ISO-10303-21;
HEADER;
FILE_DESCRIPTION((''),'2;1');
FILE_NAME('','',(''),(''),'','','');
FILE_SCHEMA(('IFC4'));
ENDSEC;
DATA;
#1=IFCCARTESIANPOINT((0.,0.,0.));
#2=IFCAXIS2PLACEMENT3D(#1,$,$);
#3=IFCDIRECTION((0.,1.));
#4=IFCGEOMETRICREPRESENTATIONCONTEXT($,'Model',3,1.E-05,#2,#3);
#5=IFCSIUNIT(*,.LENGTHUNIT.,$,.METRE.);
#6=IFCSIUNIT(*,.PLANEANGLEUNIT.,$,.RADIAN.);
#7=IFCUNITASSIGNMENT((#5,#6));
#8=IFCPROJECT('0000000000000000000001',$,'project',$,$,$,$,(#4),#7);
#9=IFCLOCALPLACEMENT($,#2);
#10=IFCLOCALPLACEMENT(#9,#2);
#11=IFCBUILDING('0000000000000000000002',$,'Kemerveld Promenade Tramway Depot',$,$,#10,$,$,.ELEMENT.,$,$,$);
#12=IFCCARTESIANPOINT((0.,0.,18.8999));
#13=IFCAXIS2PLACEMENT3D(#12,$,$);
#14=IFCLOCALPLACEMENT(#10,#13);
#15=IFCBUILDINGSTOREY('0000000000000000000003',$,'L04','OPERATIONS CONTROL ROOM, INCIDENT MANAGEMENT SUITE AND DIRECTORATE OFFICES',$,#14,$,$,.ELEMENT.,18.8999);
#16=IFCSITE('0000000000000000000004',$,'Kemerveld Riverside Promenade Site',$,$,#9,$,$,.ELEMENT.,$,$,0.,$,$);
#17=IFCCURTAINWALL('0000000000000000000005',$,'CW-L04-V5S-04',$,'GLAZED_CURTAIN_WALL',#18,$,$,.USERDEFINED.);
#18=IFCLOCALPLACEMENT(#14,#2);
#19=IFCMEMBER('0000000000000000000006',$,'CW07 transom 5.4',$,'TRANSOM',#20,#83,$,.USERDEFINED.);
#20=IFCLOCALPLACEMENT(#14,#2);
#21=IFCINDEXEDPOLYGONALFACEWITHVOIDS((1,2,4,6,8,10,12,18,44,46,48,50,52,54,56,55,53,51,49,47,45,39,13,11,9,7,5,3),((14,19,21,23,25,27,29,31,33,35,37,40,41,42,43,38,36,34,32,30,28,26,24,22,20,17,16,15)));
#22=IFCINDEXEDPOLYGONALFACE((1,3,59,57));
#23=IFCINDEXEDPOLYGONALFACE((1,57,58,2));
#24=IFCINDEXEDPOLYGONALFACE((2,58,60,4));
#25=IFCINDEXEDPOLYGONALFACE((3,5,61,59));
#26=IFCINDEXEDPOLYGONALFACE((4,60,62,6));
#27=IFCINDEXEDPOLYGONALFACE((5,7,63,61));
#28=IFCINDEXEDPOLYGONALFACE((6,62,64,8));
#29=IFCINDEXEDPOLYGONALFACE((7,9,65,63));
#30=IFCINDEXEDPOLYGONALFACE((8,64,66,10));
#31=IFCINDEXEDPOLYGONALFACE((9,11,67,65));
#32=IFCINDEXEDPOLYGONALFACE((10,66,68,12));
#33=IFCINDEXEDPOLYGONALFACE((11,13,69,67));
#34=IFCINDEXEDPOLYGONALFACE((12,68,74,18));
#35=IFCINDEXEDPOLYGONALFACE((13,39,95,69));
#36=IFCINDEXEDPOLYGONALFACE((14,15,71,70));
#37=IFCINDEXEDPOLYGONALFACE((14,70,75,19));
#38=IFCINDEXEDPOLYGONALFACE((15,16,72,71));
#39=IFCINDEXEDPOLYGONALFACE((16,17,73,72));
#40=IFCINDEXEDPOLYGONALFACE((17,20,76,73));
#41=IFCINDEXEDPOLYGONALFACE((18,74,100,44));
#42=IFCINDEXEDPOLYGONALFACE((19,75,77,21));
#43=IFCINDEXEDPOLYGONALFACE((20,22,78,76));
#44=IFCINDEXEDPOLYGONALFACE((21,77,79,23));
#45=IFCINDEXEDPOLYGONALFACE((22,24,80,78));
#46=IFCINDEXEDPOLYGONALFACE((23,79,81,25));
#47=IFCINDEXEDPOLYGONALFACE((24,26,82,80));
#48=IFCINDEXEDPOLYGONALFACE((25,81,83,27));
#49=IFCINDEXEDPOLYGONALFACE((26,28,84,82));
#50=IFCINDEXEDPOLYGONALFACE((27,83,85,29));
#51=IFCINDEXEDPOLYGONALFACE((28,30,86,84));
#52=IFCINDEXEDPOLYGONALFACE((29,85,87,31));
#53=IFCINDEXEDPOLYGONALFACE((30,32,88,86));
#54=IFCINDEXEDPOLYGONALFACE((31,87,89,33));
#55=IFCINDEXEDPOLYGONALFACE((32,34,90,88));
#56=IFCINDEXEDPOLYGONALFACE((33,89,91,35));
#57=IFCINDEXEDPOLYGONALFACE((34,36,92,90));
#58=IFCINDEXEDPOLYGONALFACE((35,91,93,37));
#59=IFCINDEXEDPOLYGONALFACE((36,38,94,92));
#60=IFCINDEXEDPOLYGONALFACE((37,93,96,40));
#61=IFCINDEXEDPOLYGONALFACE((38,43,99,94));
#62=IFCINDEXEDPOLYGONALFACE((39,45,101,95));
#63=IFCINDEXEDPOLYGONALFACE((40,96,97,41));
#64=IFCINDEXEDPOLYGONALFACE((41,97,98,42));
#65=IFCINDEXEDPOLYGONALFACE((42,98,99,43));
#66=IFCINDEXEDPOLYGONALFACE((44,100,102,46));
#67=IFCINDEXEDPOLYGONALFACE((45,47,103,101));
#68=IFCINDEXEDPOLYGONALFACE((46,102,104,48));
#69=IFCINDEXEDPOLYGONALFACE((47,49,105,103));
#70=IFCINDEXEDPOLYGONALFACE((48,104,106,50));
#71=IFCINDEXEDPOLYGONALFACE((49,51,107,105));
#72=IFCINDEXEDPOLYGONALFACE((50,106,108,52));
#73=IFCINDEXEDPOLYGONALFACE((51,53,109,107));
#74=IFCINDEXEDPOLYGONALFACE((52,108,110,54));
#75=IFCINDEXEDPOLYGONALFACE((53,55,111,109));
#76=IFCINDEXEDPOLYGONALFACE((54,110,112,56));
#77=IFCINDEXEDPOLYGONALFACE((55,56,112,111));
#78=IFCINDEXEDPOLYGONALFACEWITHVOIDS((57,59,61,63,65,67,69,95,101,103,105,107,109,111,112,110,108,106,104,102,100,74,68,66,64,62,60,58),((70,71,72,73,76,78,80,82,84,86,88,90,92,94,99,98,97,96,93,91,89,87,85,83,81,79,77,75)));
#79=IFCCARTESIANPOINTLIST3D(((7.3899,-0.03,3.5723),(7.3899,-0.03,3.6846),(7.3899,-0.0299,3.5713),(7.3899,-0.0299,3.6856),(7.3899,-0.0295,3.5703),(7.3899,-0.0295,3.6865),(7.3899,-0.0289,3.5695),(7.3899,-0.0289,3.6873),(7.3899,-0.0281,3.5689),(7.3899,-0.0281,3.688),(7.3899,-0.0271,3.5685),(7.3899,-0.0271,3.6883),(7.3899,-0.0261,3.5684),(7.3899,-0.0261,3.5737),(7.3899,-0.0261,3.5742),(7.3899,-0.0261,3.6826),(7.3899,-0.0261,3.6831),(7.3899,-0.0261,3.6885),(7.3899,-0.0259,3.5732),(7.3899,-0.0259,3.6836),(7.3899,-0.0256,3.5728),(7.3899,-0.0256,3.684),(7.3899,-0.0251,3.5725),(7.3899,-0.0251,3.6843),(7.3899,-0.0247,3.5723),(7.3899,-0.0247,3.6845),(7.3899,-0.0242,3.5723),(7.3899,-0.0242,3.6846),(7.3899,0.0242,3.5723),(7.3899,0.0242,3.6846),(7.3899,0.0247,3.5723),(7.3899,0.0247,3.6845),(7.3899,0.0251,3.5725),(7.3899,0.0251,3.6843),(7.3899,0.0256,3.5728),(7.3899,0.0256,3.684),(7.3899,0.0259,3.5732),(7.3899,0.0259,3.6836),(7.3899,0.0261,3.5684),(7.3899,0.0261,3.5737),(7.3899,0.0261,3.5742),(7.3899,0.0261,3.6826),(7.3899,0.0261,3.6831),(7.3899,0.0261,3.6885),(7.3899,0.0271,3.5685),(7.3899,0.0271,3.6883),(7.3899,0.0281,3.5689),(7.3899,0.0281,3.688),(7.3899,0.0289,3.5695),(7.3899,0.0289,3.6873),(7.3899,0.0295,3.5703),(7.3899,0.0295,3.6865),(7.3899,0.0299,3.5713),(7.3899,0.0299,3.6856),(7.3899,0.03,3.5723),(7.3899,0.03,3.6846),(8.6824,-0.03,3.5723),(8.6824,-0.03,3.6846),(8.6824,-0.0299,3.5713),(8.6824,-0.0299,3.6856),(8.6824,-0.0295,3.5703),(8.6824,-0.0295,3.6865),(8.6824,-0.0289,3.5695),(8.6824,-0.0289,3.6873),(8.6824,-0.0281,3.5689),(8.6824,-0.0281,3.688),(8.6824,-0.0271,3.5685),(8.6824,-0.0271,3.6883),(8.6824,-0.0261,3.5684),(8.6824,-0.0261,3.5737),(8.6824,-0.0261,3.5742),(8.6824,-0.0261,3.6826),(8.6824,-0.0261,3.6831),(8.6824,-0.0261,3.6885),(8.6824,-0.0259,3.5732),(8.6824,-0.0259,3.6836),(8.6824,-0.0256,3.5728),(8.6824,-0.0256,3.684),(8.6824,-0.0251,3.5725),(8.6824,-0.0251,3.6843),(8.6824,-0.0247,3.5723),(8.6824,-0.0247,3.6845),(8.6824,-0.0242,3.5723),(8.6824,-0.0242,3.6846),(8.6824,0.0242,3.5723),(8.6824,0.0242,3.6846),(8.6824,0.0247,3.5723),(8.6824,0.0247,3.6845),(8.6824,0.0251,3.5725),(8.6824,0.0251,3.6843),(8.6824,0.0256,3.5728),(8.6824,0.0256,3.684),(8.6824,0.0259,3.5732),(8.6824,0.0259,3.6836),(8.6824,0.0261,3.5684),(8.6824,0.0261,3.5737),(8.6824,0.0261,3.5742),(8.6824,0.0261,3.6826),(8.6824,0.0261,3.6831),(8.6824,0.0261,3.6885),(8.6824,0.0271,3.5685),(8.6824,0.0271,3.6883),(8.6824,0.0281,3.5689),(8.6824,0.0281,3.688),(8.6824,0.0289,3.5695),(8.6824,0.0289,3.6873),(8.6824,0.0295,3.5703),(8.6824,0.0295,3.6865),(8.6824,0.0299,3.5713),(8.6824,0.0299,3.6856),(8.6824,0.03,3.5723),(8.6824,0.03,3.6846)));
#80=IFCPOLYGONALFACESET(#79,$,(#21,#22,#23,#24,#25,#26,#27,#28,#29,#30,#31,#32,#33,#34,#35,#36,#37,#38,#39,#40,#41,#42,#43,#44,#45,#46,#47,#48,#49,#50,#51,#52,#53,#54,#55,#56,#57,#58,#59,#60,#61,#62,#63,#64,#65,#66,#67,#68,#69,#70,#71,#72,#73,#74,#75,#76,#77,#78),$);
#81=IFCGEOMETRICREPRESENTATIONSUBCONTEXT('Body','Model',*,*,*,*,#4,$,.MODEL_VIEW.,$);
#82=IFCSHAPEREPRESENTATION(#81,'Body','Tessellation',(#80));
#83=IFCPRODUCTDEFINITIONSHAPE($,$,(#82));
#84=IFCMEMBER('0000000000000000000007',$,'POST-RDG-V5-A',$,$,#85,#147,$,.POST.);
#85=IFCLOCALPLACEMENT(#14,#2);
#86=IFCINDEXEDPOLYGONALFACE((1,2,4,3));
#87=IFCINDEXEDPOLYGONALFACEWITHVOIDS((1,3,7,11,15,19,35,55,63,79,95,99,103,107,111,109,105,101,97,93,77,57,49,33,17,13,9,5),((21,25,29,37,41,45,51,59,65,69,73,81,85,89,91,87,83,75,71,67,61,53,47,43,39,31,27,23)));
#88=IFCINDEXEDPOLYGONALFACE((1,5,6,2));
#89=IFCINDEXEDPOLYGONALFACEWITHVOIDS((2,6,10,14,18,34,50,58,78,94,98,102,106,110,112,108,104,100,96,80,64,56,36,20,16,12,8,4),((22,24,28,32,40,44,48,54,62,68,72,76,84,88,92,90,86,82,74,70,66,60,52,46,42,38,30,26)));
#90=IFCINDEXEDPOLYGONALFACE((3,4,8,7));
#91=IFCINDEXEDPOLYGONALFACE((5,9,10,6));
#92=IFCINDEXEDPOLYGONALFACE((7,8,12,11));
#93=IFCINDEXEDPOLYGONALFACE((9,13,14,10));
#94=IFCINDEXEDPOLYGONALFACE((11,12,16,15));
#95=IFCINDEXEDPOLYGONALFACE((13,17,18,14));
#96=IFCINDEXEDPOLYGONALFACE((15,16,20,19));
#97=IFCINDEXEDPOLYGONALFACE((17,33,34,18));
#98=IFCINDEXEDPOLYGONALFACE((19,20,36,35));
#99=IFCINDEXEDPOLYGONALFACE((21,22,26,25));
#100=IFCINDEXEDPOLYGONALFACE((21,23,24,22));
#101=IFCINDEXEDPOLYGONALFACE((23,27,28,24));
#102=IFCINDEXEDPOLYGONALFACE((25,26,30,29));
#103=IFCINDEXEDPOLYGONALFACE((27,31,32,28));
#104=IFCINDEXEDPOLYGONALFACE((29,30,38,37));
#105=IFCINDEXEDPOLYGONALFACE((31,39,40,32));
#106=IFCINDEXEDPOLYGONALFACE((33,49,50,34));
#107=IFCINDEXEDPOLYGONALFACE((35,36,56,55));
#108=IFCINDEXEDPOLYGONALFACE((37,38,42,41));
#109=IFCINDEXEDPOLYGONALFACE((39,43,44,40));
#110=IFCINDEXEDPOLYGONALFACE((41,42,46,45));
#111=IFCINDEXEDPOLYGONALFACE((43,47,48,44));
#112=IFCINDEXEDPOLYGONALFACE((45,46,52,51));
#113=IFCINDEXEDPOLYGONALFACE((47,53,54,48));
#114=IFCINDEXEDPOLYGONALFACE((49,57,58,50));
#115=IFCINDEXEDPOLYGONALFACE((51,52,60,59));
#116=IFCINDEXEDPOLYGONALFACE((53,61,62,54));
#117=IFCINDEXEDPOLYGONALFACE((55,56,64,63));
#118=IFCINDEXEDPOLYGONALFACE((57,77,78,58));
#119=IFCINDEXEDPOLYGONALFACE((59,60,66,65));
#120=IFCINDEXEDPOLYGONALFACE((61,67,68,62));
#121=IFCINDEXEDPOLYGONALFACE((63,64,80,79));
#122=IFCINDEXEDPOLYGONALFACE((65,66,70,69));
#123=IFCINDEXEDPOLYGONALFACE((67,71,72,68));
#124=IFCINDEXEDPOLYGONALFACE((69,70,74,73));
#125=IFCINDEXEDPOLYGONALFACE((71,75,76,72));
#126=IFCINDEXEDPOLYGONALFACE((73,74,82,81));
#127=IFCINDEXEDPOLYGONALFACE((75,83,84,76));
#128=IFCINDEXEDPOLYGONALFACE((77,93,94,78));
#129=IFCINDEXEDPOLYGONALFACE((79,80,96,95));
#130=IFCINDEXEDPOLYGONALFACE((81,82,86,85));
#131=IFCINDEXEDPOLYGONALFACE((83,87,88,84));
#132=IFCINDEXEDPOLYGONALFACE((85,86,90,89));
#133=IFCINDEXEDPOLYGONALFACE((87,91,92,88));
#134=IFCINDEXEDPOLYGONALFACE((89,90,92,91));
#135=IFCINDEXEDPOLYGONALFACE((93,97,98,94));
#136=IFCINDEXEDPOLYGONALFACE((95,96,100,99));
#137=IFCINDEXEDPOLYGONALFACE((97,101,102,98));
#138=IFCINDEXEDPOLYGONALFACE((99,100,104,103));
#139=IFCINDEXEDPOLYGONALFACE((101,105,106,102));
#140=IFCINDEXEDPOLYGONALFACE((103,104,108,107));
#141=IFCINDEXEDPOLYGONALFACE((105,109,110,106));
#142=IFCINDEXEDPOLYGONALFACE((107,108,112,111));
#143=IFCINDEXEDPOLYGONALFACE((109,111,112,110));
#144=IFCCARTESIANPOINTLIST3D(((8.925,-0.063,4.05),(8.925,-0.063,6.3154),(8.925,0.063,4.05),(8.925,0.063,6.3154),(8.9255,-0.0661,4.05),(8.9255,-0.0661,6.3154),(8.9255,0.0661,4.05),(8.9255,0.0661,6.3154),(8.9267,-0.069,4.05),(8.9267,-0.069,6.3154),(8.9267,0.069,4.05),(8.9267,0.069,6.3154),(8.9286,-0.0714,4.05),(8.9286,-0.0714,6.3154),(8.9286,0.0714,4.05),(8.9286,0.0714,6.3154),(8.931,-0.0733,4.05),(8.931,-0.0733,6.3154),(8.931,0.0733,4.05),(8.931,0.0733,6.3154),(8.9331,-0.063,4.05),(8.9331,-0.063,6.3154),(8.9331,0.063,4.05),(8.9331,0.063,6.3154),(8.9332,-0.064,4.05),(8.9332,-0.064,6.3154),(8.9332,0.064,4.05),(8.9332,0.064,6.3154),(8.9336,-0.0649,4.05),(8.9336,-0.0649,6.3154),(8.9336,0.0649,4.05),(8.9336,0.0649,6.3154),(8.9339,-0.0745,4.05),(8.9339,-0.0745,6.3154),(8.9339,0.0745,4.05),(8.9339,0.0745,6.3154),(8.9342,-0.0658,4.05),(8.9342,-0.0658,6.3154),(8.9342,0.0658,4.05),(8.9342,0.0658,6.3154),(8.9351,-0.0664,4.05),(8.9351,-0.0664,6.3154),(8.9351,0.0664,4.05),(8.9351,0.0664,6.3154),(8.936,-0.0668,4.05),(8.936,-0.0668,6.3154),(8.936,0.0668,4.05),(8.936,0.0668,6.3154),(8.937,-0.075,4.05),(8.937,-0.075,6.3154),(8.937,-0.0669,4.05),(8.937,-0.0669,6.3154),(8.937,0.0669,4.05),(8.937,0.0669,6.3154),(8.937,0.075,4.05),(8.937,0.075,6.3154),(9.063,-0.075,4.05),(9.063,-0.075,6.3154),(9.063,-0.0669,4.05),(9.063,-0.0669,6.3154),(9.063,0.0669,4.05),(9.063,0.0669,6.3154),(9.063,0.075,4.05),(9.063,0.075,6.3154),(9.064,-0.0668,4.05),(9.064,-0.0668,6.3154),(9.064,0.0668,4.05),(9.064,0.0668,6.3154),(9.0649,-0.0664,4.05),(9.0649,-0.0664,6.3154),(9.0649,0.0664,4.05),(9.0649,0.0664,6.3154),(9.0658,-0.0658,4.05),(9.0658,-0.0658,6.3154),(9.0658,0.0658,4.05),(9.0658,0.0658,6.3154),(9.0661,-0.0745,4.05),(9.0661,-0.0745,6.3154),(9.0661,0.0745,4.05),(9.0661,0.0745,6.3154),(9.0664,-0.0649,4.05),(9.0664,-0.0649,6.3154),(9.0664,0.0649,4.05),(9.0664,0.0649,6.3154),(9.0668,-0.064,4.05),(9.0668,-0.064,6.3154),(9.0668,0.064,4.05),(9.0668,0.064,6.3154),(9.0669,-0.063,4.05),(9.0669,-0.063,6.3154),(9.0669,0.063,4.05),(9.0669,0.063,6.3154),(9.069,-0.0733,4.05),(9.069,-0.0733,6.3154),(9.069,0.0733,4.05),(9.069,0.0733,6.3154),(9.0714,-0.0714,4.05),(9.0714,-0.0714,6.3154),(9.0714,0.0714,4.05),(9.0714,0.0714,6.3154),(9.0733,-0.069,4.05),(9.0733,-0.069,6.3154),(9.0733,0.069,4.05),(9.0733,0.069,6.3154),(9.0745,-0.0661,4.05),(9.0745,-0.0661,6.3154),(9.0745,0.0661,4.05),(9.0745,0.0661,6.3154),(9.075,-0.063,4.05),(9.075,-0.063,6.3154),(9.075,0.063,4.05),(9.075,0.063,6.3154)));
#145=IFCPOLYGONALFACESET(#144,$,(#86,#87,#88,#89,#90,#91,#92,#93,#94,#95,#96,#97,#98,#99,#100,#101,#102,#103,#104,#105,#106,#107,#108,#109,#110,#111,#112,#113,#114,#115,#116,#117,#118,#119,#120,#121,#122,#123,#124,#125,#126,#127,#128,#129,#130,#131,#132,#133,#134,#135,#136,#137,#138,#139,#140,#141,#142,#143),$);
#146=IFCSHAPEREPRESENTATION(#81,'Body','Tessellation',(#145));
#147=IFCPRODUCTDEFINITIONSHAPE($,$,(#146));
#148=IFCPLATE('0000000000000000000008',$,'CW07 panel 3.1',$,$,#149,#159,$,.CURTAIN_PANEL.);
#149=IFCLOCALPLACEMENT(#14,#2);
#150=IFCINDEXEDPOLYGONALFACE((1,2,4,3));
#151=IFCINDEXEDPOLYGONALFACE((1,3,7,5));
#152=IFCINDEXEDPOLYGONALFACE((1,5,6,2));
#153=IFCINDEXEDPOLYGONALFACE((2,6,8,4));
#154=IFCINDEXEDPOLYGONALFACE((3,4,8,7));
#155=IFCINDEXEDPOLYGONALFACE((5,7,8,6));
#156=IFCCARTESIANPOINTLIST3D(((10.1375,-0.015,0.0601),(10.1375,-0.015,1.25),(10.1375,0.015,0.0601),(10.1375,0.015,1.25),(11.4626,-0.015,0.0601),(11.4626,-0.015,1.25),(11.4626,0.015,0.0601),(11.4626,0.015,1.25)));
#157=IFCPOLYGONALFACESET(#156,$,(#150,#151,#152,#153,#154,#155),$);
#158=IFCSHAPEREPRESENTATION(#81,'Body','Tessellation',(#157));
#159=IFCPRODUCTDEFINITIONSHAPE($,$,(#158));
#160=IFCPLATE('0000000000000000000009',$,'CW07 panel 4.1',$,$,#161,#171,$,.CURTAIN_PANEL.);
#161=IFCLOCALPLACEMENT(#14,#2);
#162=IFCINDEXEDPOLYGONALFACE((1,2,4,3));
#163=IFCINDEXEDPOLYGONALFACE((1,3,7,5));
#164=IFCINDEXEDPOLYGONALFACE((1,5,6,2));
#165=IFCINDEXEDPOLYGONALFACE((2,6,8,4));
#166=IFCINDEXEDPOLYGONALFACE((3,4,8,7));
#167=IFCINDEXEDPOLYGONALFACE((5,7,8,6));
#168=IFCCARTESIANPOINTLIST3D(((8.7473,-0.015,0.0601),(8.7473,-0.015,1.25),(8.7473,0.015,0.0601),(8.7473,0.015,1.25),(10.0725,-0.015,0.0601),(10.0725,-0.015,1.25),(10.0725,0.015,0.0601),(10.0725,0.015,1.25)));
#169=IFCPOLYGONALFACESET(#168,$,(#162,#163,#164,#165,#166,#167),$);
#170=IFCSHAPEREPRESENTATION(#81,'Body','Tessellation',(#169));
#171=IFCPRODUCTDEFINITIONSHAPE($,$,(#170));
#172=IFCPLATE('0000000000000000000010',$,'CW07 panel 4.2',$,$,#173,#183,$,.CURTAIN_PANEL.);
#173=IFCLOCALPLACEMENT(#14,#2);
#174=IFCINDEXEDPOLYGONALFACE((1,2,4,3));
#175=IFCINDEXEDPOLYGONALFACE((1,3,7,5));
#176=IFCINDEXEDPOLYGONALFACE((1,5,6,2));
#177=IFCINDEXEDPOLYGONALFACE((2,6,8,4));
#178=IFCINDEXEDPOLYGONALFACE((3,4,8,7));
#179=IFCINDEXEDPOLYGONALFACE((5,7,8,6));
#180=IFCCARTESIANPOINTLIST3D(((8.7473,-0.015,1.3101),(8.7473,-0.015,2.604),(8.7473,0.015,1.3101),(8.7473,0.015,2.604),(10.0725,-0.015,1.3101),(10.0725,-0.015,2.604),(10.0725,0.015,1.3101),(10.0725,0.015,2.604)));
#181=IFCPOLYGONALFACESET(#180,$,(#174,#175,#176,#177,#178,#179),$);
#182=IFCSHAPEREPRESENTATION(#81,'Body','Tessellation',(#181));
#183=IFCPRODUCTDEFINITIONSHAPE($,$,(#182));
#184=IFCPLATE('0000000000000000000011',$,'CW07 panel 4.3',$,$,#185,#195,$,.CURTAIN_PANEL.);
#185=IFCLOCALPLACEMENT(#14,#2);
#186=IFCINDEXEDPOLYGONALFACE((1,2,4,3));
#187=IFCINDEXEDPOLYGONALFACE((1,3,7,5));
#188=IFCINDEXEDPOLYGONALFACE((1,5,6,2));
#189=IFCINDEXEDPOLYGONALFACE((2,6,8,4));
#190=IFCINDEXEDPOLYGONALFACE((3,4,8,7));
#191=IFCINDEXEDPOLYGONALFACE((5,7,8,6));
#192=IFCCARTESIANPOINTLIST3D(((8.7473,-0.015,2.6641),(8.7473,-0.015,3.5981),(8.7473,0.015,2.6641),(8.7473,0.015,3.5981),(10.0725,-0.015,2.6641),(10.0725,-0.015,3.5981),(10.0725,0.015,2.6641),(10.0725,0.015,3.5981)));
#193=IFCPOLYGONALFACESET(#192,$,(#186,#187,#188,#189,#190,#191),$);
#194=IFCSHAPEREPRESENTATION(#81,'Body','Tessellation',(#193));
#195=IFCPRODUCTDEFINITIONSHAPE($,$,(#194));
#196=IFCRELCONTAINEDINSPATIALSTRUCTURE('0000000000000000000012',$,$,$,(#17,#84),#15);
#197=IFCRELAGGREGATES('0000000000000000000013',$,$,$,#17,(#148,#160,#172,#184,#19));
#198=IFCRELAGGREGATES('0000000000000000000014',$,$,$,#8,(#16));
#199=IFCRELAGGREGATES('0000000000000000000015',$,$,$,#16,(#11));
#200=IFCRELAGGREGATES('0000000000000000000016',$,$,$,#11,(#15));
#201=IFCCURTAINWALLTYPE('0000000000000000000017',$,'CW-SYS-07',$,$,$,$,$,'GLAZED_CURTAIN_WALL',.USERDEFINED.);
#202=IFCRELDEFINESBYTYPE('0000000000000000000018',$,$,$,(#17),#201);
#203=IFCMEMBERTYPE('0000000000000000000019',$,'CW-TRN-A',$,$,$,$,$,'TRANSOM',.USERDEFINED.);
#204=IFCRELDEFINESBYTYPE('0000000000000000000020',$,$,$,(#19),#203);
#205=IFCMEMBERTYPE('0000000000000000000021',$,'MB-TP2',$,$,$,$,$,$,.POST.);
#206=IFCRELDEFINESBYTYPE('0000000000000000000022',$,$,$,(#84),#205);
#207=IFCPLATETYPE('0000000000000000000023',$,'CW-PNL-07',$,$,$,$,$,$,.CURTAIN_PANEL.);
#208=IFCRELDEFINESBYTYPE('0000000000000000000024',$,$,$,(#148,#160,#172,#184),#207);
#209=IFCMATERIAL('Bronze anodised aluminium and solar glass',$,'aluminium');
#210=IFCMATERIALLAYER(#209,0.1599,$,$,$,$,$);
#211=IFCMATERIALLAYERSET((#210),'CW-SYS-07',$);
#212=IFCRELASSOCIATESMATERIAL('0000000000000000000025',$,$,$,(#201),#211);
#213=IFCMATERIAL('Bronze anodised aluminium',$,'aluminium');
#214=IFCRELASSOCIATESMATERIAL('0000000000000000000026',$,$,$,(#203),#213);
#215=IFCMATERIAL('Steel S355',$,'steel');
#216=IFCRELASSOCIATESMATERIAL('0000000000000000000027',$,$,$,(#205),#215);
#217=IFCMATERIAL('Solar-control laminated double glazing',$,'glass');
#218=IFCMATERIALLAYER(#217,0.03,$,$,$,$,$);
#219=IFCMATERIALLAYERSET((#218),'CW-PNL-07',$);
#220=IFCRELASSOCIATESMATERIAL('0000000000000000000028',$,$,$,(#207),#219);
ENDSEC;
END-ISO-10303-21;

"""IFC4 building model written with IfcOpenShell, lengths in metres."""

from ifc_helpers import new_model, si_unit, direction, frame, origin, origin_2d, place, context, subcontext, project, spatial, rectangle, hollow_rectangle, extrude, material, layer, layer_set, material_profile, profile_set, type_object, element, aggregate, save


model = new_model("IFC4")

# Units and contexts
model_context = context("Model", 3, precision=1e-05, world=origin(), true_north=direction((0.0, 1.0)))
body_context = subcontext(model_context, "Body", "Model", "MODEL_VIEW")
ifc_project = project(units=[si_unit("LENGTHUNIT", "METRE"), si_unit("PLANEANGLEUNIT", "RADIAN")], contexts=[model_context])

# Site, building, storey
site_placement = place(None, origin())
site = spatial("IfcSite", under=ifc_project, at=site_placement, Name="Kemerveld Riverside Promenade Site", CompositionType="ELEMENT", RefElevation=0.0)
building_placement = place(site_placement, origin())
building = spatial("IfcBuilding", under=site, at=building_placement, Name="Kemerveld Promenade Tramway Depot", CompositionType="ELEMENT")
storey_placement = place(building_placement, frame((0.0, 0.0, 18.8999)))
storey = spatial("IfcBuildingStorey", under=building, at=storey_placement, Name="L04", Description="OPERATIONS CONTROL ROOM, INCIDENT MANAGEMENT SUITE AND DIRECTORATE OFFICES", CompositionType="ELEMENT", Elevation=18.8999)

# Shared definitions
ifc_material_1 = material(Name="Steel S355", Category="steel")

# Curtain wall, member
ifc_material_2 = material(Name="Bronze anodised aluminium and solar glass", Category="aluminium")
ifc_layer_1 = layer(ifc_material_2, 0.1599)
ifc_layer_set_1 = layer_set([ifc_layer_1], Name="CW-SYS-07")
curtain_wall_type = type_object("IfcCurtainWallType", Name="CW-SYS-07", ElementType="GLAZED_CURTAIN_WALL", PredefinedType="USERDEFINED", material=ifc_layer_set_1)
curtain_wall_placement = place(storey_placement, origin())
curtain_wall = element("IfcCurtainWall", 1, at=curtain_wall_placement, inside=storey, type_object=curtain_wall_type, Name="CW-L04-V5S-04", ObjectType="GLAZED_CURTAIN_WALL", PredefinedType="USERDEFINED")
ifc_material_3 = material(Name="Bronze anodised aluminium", Category="aluminium")
ifc_material_profile_1 = material_profile(ifc_material_3, hollow_rectangle(XDim=0.0601, YDim=0.1201, WallThickness=0.0039, InnerFilletRadius=0.002, OuterFilletRadius=0.0039, at=origin_2d()), Name="CW-TRN-120x60")
ifc_profile_set_1 = profile_set([ifc_material_profile_1], Name="Bronze anodised aluminium")
member_type_1 = type_object("IfcMemberType", Name="CW-TRN-A", ElementType="TRANSOM", PredefinedType="USERDEFINED", material=ifc_profile_set_1)
member_1_placement = place(storey_placement, frame((8.6824, 0.0, 3.6284), z_axis=(-1.0, 0.0, 0.0), x_axis=(0.0, -1.0, 0.0)))
member_1 = element("IfcMember", 2, at=member_1_placement, type_object=member_type_1, Name="CW07 transom 5.4", ObjectType="TRANSOM", PredefinedType="USERDEFINED", context=body_context, shape_type="SweptSolid", body=[
    extrude(hollow_rectangle(XDim=0.0601, YDim=0.1201, WallThickness=0.0039, InnerFilletRadius=0.002, OuterFilletRadius=0.0039, at=origin_2d()), origin(), (0.0, 0.0, 1.0), 1.2925),
])

# Member
ifc_material_profile_2 = material_profile(ifc_material_1, hollow_rectangle(XDim=0.1499, YDim=0.1499, WallThickness=0.0081, InnerFilletRadius=0.0039, OuterFilletRadius=0.012, at=origin_2d()), Name="150x150x8.0 SHS")
ifc_profile_set_2 = profile_set([ifc_material_profile_2], Name="Steel S355")
member_type_2 = type_object("IfcMemberType", Name="MB-TP2", PredefinedType="POST", material=ifc_profile_set_2)
member_2_placement = place(storey_placement, frame((9.0, 0.0, 4.05), z_axis=(0.0, 0.0, 1.0), x_axis=(1.0, 0.0, 0.0)))
element("IfcMember", 3, at=member_2_placement, inside=storey, type_object=member_type_2, Name="POST-RDG-V5-A", PredefinedType="POST", context=body_context, shape_type="SweptSolid", body=[
    extrude(hollow_rectangle(XDim=0.1499, YDim=0.1499, WallThickness=0.0081, InnerFilletRadius=0.0039, OuterFilletRadius=0.012, at=origin_2d()), origin(), (0.0, 0.0, 1.0), 2.2654),
])

# Plates
ifc_material_4 = material(Name="Solar-control laminated double glazing", Category="glass")
ifc_layer_2 = layer(ifc_material_4, 0.03)
ifc_layer_set_2 = layer_set([ifc_layer_2], Name="CW-PNL-07")
plate_type_1 = type_object("IfcPlateType", Name="CW-PNL-07", PredefinedType="CURTAIN_PANEL", material=ifc_layer_set_2)
plate_1_placement = place(storey_placement, frame((10.8, 0.0, 0.0601), z_axis=(0.0, 0.0, 1.0), x_axis=(-1.0, 0.0, 0.0)))
plate_1 = element("IfcPlate", 4, at=plate_1_placement, type_object=plate_type_1, Name="CW07 panel 3.1", PredefinedType="CURTAIN_PANEL", context=body_context, shape_type="SweptSolid", body=[
    extrude(rectangle(XDim=1.3252, YDim=0.03, at=origin_2d()), origin(), (0.0, 0.0, 1.0), 1.1899),
])
plate_2_placement = place(storey_placement, frame((9.4099, 0.0, 0.0601), z_axis=(0.0, 0.0, 1.0), x_axis=(-1.0, 0.0, 0.0)))
plate_2 = element("IfcPlate", 5, at=plate_2_placement, type_object=plate_type_1, Name="CW07 panel 4.1", PredefinedType="CURTAIN_PANEL", context=body_context, shape_type="SweptSolid", body=[
    extrude(rectangle(XDim=1.3252, YDim=0.03, at=origin_2d()), origin(), (0.0, 0.0, 1.0), 1.1899),
])
plate_3_placement = place(storey_placement, frame((9.4099, 0.0, 1.3101), z_axis=(0.0, 0.0, 1.0), x_axis=(-1.0, 0.0, 0.0)))
plate_3 = element("IfcPlate", 6, at=plate_3_placement, type_object=plate_type_1, Name="CW07 panel 4.2", PredefinedType="CURTAIN_PANEL", context=body_context, shape_type="SweptSolid", body=[
    extrude(rectangle(XDim=1.3252, YDim=0.03, at=origin_2d()), origin(), (0.0, 0.0, 1.0), 1.2939),
])
plate_4_placement = place(storey_placement, frame((9.4099, 0.0, 2.6641), z_axis=(0.0, 0.0, 1.0), x_axis=(-1.0, 0.0, 0.0)))
plate_4 = element("IfcPlate", 7, at=plate_4_placement, type_object=plate_type_1, Name="CW07 panel 4.3", PredefinedType="CURTAIN_PANEL", context=body_context, shape_type="SweptSolid", body=[
    extrude(rectangle(XDim=1.3252, YDim=0.03, at=origin_2d()), origin(), (0.0, 0.0, 1.0), 0.9341),
])
aggregate(curtain_wall, [plate_1, plate_2, plate_3, plate_4, member_1])

save(model, "model.ifc")
